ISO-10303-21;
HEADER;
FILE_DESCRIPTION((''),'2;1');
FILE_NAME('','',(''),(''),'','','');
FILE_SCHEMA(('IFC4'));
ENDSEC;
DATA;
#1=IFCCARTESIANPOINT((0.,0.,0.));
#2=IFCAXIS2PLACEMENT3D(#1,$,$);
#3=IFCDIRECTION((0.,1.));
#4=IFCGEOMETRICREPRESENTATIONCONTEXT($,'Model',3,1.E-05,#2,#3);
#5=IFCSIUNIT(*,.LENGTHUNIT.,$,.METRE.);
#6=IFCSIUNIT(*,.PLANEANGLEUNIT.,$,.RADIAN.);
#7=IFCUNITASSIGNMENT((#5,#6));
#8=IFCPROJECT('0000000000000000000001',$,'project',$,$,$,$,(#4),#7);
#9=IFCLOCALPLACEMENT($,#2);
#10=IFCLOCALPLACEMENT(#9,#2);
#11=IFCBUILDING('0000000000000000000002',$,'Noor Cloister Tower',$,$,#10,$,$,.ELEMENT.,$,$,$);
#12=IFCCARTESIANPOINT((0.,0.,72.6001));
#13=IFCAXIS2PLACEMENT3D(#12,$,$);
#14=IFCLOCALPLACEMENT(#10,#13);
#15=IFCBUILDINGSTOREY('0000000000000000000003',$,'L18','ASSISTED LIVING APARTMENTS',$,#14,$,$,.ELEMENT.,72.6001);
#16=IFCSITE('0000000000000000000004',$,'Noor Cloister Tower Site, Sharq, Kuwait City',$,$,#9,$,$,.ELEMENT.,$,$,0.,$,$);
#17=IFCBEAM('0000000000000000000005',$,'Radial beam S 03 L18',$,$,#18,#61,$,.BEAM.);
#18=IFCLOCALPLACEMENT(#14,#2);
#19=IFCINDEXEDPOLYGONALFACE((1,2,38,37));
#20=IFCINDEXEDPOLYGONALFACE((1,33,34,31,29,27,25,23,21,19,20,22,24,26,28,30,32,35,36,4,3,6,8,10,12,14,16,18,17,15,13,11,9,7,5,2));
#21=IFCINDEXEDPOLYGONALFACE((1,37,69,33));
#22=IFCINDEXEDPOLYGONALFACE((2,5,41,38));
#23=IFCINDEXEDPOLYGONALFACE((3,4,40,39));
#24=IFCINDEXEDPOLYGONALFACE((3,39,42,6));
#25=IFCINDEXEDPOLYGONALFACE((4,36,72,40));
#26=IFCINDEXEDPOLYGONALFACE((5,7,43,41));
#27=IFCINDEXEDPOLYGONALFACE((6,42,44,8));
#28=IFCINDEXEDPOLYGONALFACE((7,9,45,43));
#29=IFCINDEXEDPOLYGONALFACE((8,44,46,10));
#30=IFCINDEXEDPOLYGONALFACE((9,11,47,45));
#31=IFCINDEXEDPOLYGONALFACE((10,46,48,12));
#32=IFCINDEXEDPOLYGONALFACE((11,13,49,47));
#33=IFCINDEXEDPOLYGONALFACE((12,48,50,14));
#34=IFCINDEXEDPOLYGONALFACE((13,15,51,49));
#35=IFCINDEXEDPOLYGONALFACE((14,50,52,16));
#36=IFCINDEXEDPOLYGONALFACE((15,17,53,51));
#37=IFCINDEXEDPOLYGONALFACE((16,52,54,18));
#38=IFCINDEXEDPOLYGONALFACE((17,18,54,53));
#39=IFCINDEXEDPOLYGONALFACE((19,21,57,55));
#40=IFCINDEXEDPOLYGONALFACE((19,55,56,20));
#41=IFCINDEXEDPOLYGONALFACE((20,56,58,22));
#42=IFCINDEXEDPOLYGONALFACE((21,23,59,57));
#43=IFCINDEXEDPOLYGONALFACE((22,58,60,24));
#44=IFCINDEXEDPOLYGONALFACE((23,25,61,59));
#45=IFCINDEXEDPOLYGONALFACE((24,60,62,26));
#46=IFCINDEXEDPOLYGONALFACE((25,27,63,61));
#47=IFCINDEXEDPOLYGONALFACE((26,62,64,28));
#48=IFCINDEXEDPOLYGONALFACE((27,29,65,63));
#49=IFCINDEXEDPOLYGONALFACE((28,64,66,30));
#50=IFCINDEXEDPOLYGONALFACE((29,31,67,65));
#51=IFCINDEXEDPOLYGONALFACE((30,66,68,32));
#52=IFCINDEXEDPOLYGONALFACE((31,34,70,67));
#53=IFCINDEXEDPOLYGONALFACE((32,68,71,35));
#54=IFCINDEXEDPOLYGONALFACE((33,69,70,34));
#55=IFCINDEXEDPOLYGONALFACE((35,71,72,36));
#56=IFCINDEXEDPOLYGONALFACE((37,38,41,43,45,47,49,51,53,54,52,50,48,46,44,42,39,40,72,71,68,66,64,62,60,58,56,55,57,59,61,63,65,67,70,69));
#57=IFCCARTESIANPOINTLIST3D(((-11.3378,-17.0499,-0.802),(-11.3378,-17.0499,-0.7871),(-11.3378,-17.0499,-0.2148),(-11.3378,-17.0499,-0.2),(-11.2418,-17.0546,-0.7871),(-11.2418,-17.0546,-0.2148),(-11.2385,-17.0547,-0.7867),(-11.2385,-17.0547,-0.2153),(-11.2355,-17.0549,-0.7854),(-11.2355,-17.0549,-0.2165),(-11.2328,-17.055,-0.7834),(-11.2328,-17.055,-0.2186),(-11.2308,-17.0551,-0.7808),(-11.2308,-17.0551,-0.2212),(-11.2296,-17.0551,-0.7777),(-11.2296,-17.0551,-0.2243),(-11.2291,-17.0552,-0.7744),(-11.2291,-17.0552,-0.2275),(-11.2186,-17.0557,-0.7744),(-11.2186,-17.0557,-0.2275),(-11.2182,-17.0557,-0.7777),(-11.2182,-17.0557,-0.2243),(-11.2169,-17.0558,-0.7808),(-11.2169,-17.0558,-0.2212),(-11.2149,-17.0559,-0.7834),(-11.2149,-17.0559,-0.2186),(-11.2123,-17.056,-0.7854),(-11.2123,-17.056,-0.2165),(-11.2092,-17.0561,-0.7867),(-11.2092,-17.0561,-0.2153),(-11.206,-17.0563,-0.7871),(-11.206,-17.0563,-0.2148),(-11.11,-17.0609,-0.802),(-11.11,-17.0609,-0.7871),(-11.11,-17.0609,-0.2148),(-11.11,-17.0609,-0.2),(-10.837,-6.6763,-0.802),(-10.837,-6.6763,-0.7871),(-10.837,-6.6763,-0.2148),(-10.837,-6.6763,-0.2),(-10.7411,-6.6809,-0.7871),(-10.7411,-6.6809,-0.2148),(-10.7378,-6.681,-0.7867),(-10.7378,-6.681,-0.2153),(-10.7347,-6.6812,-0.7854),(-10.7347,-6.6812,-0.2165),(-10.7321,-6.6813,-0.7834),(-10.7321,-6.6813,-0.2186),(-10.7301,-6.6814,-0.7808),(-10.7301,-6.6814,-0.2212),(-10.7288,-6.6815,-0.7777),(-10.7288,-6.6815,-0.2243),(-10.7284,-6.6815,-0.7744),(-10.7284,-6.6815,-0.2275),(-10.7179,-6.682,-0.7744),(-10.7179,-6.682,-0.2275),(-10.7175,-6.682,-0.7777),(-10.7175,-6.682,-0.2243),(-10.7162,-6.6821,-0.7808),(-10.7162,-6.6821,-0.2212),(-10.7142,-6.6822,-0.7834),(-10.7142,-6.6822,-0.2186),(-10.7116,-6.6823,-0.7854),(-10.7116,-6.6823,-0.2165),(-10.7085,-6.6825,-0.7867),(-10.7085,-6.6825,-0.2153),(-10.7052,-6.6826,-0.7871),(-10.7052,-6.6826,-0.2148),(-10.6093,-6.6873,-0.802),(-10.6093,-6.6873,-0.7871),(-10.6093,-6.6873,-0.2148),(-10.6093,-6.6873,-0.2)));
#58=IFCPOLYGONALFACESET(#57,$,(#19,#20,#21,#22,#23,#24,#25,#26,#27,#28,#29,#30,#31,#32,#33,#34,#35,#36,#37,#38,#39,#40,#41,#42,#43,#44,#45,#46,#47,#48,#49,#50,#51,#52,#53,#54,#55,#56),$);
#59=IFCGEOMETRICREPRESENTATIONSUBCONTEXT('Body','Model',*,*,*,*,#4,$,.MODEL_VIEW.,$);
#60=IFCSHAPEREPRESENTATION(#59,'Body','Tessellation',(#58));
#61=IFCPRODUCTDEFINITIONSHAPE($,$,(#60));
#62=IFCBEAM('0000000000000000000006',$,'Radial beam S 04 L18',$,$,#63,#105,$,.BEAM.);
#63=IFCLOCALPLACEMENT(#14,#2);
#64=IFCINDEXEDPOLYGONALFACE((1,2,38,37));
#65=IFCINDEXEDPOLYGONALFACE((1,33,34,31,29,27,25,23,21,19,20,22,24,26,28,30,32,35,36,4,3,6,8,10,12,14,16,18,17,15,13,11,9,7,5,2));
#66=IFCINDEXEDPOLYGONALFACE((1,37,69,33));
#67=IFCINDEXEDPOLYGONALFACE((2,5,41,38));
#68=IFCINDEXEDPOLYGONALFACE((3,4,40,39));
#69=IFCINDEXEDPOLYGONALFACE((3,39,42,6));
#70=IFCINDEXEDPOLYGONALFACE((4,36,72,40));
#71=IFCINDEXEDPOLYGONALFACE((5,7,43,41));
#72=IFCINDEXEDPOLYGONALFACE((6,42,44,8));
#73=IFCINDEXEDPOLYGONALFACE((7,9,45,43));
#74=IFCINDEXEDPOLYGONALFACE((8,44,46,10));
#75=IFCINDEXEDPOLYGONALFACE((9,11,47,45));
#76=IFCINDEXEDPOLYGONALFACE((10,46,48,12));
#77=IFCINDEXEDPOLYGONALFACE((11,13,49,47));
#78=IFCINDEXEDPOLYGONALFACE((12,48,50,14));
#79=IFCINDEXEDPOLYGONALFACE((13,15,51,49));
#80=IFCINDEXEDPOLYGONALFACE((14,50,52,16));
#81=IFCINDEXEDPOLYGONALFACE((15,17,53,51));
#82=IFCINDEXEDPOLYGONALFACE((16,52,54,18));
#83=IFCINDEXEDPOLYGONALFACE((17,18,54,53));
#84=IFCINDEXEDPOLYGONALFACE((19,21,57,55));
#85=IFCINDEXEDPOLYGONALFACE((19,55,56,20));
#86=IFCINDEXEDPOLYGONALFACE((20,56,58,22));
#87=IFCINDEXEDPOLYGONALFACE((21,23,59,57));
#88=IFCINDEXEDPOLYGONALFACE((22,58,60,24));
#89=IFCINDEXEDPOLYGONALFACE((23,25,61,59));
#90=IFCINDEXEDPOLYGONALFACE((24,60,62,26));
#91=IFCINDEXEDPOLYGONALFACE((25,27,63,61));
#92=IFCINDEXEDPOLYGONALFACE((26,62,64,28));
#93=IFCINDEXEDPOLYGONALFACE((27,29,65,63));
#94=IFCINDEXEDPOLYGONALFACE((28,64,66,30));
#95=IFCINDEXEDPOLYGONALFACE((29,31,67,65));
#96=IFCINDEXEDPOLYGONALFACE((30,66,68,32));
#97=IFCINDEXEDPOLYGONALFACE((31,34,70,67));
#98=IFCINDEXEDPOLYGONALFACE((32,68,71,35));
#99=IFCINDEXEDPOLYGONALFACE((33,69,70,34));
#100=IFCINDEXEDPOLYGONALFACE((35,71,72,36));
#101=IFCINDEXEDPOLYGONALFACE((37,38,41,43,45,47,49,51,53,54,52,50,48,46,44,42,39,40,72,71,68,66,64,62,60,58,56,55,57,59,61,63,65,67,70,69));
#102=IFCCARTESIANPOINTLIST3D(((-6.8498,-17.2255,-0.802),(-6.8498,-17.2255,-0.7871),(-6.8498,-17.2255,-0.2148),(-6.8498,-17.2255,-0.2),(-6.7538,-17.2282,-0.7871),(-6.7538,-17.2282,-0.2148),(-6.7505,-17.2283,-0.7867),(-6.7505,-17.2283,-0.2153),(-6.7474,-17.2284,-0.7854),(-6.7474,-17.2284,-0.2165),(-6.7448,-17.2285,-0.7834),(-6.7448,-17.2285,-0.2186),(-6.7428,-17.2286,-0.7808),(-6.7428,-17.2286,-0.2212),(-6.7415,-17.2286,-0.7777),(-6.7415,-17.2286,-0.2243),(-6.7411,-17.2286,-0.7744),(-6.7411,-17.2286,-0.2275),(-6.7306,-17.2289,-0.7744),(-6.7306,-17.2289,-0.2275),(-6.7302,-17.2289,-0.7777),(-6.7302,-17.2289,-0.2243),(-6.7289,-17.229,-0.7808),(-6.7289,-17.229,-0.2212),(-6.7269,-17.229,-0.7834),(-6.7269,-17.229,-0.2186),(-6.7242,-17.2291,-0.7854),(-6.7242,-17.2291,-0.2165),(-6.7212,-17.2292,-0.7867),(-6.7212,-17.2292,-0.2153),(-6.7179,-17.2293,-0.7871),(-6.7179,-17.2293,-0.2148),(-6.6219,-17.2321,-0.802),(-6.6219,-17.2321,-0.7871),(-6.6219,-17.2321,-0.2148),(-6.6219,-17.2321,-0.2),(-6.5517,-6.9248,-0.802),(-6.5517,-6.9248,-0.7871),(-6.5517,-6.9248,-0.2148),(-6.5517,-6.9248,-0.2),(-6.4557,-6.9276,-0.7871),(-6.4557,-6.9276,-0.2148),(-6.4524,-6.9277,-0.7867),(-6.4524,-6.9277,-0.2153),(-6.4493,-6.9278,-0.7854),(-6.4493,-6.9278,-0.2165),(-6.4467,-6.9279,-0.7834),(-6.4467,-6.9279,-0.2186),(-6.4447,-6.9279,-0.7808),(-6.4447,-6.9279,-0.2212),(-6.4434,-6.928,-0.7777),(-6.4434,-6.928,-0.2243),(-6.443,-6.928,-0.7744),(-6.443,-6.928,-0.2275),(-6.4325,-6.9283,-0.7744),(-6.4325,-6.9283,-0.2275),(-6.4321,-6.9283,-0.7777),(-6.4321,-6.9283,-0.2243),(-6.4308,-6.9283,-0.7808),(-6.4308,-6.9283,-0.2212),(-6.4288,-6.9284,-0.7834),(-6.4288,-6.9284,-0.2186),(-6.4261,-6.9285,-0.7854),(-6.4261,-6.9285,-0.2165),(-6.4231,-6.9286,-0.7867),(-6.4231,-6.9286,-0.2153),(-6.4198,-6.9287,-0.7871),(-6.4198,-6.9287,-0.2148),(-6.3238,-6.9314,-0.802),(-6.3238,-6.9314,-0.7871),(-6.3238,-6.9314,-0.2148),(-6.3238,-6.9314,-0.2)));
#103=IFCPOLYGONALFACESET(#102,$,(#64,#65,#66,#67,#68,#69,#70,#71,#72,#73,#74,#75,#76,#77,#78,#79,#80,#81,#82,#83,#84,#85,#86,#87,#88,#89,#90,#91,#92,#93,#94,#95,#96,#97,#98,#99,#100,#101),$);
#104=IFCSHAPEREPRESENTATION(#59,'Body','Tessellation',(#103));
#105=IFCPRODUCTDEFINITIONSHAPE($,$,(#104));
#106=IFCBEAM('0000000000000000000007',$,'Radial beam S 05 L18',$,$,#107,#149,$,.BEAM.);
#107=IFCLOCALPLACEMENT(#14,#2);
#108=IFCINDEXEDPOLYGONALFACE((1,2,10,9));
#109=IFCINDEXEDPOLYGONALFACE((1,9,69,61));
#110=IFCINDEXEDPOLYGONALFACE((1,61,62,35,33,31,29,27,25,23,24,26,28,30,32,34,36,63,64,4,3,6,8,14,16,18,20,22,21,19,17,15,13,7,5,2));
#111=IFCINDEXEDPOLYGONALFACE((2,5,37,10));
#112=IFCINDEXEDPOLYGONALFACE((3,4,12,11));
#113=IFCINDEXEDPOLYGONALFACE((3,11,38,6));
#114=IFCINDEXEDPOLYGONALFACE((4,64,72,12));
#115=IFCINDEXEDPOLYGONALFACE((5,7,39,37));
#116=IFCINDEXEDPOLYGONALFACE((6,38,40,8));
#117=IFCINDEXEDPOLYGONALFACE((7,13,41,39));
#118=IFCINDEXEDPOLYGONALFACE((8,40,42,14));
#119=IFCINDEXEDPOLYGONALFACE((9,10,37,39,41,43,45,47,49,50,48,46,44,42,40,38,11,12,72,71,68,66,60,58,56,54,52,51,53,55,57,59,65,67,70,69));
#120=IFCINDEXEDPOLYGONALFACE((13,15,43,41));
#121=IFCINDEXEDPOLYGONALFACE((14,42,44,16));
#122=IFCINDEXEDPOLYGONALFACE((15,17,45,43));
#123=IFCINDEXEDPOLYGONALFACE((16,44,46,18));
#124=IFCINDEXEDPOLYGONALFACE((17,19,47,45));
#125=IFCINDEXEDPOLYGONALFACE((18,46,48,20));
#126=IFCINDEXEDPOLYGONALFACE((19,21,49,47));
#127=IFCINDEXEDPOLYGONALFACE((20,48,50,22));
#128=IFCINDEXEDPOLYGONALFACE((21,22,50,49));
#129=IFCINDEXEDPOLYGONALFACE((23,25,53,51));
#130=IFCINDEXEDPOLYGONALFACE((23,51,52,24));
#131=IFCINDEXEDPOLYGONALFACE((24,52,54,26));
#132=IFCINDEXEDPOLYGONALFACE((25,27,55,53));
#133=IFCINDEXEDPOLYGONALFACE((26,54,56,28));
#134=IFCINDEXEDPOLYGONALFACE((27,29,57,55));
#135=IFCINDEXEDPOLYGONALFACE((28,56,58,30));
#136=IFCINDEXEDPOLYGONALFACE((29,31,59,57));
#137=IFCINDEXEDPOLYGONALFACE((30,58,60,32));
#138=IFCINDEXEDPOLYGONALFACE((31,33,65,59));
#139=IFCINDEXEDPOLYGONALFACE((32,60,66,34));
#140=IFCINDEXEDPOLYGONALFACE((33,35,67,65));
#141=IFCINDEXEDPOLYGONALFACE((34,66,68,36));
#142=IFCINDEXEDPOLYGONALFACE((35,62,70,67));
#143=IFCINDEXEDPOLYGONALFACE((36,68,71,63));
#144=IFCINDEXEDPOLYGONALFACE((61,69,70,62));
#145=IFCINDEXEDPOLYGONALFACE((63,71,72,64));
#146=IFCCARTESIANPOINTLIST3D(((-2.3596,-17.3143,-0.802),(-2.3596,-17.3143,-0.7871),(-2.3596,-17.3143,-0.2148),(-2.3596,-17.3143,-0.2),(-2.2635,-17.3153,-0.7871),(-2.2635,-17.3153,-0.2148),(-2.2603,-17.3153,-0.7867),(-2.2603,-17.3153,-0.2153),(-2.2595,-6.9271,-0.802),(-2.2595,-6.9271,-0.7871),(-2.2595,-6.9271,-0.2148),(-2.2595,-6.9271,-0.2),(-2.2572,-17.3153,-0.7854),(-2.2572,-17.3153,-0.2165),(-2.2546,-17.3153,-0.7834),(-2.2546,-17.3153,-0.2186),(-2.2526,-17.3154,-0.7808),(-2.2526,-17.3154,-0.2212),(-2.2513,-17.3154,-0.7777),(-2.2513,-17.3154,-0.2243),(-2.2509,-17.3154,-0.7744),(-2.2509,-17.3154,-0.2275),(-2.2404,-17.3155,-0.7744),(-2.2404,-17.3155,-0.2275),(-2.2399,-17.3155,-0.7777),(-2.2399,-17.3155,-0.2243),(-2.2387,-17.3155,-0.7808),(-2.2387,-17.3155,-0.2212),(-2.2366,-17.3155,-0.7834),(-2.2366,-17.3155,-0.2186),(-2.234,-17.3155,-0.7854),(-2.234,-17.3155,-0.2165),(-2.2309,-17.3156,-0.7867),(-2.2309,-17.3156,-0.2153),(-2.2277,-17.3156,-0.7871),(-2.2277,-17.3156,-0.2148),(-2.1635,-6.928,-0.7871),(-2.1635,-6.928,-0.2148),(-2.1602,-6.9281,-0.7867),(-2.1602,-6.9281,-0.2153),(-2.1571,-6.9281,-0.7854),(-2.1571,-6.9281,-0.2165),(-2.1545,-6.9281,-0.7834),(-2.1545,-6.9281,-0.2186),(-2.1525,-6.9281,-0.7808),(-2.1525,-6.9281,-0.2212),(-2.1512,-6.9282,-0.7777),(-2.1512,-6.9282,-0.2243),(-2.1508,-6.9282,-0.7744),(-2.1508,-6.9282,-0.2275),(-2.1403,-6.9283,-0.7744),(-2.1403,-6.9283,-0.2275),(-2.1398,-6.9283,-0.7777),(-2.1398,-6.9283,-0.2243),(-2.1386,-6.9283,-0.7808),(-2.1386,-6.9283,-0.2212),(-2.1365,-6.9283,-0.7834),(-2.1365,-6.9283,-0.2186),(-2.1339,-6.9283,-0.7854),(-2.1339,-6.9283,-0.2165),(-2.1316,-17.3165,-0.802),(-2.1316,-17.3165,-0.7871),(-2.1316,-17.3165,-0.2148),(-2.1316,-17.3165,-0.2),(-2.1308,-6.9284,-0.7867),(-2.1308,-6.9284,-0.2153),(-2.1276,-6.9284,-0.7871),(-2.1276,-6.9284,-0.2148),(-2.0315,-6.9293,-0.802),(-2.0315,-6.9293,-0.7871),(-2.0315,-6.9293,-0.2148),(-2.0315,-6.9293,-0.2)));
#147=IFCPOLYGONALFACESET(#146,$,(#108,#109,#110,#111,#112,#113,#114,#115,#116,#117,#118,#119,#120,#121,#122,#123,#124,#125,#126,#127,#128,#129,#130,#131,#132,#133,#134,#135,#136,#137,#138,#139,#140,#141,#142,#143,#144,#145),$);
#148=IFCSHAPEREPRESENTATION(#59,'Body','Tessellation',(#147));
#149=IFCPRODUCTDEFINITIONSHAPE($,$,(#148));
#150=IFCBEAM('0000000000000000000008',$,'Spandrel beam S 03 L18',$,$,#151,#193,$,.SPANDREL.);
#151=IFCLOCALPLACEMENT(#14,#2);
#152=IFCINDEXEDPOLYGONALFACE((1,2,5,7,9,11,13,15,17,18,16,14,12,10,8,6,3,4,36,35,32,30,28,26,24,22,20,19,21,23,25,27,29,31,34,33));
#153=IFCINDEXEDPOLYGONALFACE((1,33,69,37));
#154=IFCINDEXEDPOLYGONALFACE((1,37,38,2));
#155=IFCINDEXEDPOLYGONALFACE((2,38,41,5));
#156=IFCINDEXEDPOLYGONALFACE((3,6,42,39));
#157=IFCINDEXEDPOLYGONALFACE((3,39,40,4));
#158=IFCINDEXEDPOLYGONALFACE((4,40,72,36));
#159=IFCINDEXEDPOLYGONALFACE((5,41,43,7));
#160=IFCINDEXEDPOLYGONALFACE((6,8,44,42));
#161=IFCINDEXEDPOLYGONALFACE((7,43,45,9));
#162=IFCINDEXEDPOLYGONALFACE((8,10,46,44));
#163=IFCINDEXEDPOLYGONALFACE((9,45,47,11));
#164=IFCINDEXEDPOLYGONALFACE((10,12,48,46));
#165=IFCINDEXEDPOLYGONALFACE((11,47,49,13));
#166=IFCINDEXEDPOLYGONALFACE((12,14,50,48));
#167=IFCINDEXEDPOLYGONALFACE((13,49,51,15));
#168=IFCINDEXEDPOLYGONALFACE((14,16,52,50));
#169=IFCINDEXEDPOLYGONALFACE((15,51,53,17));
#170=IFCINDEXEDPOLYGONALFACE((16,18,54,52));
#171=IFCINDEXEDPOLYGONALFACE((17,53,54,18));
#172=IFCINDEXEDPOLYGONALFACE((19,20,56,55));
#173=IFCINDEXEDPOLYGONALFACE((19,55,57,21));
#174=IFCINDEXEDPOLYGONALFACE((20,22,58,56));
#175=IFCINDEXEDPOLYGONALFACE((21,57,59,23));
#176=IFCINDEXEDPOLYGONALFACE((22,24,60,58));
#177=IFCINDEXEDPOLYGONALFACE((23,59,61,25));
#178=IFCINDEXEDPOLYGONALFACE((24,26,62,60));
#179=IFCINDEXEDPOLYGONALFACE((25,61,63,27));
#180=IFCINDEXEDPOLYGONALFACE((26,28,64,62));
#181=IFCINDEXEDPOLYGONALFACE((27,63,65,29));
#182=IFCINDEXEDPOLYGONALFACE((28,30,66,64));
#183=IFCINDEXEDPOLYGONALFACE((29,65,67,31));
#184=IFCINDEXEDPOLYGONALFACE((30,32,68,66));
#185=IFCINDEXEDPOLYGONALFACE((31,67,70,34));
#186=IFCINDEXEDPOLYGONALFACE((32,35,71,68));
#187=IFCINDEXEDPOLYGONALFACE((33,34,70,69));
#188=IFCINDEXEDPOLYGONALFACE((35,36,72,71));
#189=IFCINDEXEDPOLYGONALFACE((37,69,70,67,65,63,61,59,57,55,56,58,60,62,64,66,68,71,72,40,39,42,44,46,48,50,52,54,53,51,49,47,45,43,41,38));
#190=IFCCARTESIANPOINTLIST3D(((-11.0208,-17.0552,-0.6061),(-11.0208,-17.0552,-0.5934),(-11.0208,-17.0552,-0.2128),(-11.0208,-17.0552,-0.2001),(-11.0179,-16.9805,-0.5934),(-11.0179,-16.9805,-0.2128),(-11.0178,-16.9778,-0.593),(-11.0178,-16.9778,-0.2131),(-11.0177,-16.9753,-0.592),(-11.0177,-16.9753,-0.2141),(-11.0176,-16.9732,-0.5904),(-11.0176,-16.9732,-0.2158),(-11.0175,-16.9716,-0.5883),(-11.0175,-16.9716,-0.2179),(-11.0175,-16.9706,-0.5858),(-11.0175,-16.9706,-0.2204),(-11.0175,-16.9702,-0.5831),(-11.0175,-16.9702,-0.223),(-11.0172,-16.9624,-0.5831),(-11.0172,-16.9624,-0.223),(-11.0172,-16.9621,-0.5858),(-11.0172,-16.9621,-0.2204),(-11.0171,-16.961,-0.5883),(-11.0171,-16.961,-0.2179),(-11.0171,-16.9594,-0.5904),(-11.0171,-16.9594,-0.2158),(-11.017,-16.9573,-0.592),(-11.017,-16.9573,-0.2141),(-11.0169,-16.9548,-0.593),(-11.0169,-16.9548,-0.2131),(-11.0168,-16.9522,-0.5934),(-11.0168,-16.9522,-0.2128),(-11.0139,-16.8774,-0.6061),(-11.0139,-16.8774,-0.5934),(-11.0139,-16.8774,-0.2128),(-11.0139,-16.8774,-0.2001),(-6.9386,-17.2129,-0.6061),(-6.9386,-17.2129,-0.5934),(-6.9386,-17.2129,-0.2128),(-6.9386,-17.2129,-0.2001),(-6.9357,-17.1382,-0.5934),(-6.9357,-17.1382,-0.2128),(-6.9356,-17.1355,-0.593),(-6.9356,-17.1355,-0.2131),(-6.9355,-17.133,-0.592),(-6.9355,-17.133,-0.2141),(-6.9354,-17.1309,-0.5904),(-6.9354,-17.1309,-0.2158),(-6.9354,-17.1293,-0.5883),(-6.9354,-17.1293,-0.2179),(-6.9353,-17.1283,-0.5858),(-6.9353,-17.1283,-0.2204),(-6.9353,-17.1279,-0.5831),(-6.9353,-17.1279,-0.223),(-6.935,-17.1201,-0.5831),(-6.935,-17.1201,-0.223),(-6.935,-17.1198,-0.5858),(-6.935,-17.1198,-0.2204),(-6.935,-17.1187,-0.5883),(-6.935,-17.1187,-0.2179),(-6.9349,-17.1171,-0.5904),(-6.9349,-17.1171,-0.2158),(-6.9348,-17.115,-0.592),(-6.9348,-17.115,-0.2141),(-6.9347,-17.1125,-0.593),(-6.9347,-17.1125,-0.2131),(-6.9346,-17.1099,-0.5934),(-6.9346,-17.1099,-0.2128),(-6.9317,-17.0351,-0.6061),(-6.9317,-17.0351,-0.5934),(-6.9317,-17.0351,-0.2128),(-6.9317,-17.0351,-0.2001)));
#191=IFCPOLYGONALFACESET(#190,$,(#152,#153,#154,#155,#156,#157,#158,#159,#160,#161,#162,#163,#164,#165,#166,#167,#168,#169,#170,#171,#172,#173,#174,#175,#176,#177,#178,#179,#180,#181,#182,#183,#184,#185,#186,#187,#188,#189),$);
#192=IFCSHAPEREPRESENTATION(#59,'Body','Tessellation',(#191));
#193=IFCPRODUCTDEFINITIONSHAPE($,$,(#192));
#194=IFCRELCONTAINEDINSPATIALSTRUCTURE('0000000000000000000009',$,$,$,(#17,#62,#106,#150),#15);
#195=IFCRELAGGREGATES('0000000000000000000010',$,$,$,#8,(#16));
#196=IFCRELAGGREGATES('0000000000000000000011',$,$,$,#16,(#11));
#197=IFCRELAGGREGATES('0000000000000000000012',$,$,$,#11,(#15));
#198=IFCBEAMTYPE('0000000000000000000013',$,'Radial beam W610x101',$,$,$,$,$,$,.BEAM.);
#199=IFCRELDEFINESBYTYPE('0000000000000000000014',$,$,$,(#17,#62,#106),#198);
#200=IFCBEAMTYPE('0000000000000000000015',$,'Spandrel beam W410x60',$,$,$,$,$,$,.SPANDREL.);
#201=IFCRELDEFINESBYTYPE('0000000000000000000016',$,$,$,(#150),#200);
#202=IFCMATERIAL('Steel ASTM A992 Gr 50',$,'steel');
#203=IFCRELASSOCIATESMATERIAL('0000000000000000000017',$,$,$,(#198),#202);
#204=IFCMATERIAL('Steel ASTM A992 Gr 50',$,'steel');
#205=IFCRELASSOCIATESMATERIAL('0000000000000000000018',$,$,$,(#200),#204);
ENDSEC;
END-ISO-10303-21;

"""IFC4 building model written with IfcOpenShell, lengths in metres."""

from ifc_helpers import new_model, si_unit, direction, frame, origin, origin_2d, place, context, subcontext, project, spatial, i_section, extrude, material, material_profile, profile_set, type_object, element, save


model = new_model("IFC4")

# Units and contexts
model_context = context("Model", 3, precision=1e-05, world=origin(), true_north=direction((0.0, 1.0)))
body_context = subcontext(model_context, "Body", "Model", "MODEL_VIEW")
ifc_project = project(units=[si_unit("LENGTHUNIT", "METRE"), si_unit("PLANEANGLEUNIT", "RADIAN")], contexts=[model_context])

# Site, building, storey
site_placement = place(None, origin())
site = spatial("IfcSite", under=ifc_project, at=site_placement, Name="Noor Cloister Tower Site, Sharq, Kuwait City", CompositionType="ELEMENT", RefElevation=0.0)
building_placement = place(site_placement, origin())
building = spatial("IfcBuilding", under=site, at=building_placement, Name="Noor Cloister Tower", CompositionType="ELEMENT")
storey_placement = place(building_placement, frame((0.0, 0.0, 72.6001)))
storey = spatial("IfcBuildingStorey", under=building, at=storey_placement, Name="L18", Description="ASSISTED LIVING APARTMENTS", CompositionType="ELEMENT", Elevation=72.6001)

# Beams
ifc_material_1 = material(Name="Steel ASTM A992 Gr 50", Category="steel")
ifc_material_profile_1 = material_profile(ifc_material_1, i_section(OverallWidth=0.228, OverallDepth=0.6021, WebThickness=0.0105, FlangeThickness=0.0149, FilletRadius=0.0127, at=origin_2d()), Name="W610x101")
ifc_profile_set_1 = profile_set([ifc_material_profile_1], Name="Steel ASTM A992 Gr 50")
beam_type_1 = type_object("IfcBeamType", Name="Radial beam W610x101", PredefinedType="BEAM", material=ifc_profile_set_1)
beam_1_placement = place(storey_placement, frame((-11.2239, -17.0554, -0.501), z_axis=(0.048213, 0.998837, 0.0), x_axis=(-0.998837, 0.048213, 0.0)))
element("IfcBeam", 1, at=beam_1_placement, inside=storey, type_object=beam_type_1, Name="Radial beam S 03 L18", PredefinedType="BEAM", context=body_context, shape_type="SweptSolid", body=[
    extrude(i_section(OverallWidth=0.228, OverallDepth=0.6021, WebThickness=0.0105, FlangeThickness=0.0149, FilletRadius=0.0127, at=origin_2d()), origin(), (0.0, 0.0, 1.0), 10.3857),
])
beam_2_placement = place(storey_placement, frame((-6.7358, -17.2288, -0.501), z_axis=(0.028928, 0.999582, 0.0), x_axis=(-0.999582, 0.028928, 0.0)))
element("IfcBeam", 2, at=beam_2_placement, inside=storey, type_object=beam_type_1, Name="Radial beam S 04 L18", PredefinedType="BEAM", context=body_context, shape_type="SweptSolid", body=[
    extrude(i_section(OverallWidth=0.228, OverallDepth=0.6021, WebThickness=0.0105, FlangeThickness=0.0149, FilletRadius=0.0127, at=origin_2d()), origin(), (0.0, 0.0, 1.0), 10.3049),
])
beam_3_placement = place(storey_placement, frame((-2.2456, -17.3154, -0.501), z_axis=(0.009636, 0.999954, 0.0), x_axis=(-0.999954, 0.009636, 0.0)))
element("IfcBeam", 3, at=beam_3_placement, inside=storey, type_object=beam_type_1, Name="Radial beam S 05 L18", PredefinedType="BEAM", context=body_context, shape_type="SweptSolid", body=[
    extrude(i_section(OverallWidth=0.228, OverallDepth=0.6021, WebThickness=0.0105, FlangeThickness=0.0149, FilletRadius=0.0127, at=origin_2d()), origin(), (0.0, 0.0, 1.0), 10.3877),
])
ifc_material_2 = material(Name="Steel ASTM A992 Gr 50", Category="steel")
ifc_material_profile_2 = material_profile(ifc_material_2, i_section(OverallWidth=0.178, OverallDepth=0.406, WebThickness=0.0078, FlangeThickness=0.0127, FilletRadius=0.0103, at=origin_2d()), Name="W410x60")
ifc_profile_set_2 = profile_set([ifc_material_profile_2], Name="Steel ASTM A992 Gr 50")
beam_type_2 = type_object("IfcBeamType", Name="Spandrel beam W410x60", PredefinedType="SPANDREL", material=ifc_profile_set_2)
beam_4_placement = place(storey_placement, frame((-11.0173, -16.9663, -0.4031), z_axis=(0.999255, -0.038605, 0.0), x_axis=(0.038605, 0.999255, 0.0)))
element("IfcBeam", 4, at=beam_4_placement, inside=storey, type_object=beam_type_2, Name="Spandrel beam S 03 L18", PredefinedType="SPANDREL", context=body_context, shape_type="SweptSolid", body=[
    extrude(i_section(OverallWidth=0.178, OverallDepth=0.406, WebThickness=0.0078, FlangeThickness=0.0127, FilletRadius=0.0103, at=origin_2d()), origin(), (0.0, 0.0, 1.0), 4.0852),
])

save(model, "model.ifc")
